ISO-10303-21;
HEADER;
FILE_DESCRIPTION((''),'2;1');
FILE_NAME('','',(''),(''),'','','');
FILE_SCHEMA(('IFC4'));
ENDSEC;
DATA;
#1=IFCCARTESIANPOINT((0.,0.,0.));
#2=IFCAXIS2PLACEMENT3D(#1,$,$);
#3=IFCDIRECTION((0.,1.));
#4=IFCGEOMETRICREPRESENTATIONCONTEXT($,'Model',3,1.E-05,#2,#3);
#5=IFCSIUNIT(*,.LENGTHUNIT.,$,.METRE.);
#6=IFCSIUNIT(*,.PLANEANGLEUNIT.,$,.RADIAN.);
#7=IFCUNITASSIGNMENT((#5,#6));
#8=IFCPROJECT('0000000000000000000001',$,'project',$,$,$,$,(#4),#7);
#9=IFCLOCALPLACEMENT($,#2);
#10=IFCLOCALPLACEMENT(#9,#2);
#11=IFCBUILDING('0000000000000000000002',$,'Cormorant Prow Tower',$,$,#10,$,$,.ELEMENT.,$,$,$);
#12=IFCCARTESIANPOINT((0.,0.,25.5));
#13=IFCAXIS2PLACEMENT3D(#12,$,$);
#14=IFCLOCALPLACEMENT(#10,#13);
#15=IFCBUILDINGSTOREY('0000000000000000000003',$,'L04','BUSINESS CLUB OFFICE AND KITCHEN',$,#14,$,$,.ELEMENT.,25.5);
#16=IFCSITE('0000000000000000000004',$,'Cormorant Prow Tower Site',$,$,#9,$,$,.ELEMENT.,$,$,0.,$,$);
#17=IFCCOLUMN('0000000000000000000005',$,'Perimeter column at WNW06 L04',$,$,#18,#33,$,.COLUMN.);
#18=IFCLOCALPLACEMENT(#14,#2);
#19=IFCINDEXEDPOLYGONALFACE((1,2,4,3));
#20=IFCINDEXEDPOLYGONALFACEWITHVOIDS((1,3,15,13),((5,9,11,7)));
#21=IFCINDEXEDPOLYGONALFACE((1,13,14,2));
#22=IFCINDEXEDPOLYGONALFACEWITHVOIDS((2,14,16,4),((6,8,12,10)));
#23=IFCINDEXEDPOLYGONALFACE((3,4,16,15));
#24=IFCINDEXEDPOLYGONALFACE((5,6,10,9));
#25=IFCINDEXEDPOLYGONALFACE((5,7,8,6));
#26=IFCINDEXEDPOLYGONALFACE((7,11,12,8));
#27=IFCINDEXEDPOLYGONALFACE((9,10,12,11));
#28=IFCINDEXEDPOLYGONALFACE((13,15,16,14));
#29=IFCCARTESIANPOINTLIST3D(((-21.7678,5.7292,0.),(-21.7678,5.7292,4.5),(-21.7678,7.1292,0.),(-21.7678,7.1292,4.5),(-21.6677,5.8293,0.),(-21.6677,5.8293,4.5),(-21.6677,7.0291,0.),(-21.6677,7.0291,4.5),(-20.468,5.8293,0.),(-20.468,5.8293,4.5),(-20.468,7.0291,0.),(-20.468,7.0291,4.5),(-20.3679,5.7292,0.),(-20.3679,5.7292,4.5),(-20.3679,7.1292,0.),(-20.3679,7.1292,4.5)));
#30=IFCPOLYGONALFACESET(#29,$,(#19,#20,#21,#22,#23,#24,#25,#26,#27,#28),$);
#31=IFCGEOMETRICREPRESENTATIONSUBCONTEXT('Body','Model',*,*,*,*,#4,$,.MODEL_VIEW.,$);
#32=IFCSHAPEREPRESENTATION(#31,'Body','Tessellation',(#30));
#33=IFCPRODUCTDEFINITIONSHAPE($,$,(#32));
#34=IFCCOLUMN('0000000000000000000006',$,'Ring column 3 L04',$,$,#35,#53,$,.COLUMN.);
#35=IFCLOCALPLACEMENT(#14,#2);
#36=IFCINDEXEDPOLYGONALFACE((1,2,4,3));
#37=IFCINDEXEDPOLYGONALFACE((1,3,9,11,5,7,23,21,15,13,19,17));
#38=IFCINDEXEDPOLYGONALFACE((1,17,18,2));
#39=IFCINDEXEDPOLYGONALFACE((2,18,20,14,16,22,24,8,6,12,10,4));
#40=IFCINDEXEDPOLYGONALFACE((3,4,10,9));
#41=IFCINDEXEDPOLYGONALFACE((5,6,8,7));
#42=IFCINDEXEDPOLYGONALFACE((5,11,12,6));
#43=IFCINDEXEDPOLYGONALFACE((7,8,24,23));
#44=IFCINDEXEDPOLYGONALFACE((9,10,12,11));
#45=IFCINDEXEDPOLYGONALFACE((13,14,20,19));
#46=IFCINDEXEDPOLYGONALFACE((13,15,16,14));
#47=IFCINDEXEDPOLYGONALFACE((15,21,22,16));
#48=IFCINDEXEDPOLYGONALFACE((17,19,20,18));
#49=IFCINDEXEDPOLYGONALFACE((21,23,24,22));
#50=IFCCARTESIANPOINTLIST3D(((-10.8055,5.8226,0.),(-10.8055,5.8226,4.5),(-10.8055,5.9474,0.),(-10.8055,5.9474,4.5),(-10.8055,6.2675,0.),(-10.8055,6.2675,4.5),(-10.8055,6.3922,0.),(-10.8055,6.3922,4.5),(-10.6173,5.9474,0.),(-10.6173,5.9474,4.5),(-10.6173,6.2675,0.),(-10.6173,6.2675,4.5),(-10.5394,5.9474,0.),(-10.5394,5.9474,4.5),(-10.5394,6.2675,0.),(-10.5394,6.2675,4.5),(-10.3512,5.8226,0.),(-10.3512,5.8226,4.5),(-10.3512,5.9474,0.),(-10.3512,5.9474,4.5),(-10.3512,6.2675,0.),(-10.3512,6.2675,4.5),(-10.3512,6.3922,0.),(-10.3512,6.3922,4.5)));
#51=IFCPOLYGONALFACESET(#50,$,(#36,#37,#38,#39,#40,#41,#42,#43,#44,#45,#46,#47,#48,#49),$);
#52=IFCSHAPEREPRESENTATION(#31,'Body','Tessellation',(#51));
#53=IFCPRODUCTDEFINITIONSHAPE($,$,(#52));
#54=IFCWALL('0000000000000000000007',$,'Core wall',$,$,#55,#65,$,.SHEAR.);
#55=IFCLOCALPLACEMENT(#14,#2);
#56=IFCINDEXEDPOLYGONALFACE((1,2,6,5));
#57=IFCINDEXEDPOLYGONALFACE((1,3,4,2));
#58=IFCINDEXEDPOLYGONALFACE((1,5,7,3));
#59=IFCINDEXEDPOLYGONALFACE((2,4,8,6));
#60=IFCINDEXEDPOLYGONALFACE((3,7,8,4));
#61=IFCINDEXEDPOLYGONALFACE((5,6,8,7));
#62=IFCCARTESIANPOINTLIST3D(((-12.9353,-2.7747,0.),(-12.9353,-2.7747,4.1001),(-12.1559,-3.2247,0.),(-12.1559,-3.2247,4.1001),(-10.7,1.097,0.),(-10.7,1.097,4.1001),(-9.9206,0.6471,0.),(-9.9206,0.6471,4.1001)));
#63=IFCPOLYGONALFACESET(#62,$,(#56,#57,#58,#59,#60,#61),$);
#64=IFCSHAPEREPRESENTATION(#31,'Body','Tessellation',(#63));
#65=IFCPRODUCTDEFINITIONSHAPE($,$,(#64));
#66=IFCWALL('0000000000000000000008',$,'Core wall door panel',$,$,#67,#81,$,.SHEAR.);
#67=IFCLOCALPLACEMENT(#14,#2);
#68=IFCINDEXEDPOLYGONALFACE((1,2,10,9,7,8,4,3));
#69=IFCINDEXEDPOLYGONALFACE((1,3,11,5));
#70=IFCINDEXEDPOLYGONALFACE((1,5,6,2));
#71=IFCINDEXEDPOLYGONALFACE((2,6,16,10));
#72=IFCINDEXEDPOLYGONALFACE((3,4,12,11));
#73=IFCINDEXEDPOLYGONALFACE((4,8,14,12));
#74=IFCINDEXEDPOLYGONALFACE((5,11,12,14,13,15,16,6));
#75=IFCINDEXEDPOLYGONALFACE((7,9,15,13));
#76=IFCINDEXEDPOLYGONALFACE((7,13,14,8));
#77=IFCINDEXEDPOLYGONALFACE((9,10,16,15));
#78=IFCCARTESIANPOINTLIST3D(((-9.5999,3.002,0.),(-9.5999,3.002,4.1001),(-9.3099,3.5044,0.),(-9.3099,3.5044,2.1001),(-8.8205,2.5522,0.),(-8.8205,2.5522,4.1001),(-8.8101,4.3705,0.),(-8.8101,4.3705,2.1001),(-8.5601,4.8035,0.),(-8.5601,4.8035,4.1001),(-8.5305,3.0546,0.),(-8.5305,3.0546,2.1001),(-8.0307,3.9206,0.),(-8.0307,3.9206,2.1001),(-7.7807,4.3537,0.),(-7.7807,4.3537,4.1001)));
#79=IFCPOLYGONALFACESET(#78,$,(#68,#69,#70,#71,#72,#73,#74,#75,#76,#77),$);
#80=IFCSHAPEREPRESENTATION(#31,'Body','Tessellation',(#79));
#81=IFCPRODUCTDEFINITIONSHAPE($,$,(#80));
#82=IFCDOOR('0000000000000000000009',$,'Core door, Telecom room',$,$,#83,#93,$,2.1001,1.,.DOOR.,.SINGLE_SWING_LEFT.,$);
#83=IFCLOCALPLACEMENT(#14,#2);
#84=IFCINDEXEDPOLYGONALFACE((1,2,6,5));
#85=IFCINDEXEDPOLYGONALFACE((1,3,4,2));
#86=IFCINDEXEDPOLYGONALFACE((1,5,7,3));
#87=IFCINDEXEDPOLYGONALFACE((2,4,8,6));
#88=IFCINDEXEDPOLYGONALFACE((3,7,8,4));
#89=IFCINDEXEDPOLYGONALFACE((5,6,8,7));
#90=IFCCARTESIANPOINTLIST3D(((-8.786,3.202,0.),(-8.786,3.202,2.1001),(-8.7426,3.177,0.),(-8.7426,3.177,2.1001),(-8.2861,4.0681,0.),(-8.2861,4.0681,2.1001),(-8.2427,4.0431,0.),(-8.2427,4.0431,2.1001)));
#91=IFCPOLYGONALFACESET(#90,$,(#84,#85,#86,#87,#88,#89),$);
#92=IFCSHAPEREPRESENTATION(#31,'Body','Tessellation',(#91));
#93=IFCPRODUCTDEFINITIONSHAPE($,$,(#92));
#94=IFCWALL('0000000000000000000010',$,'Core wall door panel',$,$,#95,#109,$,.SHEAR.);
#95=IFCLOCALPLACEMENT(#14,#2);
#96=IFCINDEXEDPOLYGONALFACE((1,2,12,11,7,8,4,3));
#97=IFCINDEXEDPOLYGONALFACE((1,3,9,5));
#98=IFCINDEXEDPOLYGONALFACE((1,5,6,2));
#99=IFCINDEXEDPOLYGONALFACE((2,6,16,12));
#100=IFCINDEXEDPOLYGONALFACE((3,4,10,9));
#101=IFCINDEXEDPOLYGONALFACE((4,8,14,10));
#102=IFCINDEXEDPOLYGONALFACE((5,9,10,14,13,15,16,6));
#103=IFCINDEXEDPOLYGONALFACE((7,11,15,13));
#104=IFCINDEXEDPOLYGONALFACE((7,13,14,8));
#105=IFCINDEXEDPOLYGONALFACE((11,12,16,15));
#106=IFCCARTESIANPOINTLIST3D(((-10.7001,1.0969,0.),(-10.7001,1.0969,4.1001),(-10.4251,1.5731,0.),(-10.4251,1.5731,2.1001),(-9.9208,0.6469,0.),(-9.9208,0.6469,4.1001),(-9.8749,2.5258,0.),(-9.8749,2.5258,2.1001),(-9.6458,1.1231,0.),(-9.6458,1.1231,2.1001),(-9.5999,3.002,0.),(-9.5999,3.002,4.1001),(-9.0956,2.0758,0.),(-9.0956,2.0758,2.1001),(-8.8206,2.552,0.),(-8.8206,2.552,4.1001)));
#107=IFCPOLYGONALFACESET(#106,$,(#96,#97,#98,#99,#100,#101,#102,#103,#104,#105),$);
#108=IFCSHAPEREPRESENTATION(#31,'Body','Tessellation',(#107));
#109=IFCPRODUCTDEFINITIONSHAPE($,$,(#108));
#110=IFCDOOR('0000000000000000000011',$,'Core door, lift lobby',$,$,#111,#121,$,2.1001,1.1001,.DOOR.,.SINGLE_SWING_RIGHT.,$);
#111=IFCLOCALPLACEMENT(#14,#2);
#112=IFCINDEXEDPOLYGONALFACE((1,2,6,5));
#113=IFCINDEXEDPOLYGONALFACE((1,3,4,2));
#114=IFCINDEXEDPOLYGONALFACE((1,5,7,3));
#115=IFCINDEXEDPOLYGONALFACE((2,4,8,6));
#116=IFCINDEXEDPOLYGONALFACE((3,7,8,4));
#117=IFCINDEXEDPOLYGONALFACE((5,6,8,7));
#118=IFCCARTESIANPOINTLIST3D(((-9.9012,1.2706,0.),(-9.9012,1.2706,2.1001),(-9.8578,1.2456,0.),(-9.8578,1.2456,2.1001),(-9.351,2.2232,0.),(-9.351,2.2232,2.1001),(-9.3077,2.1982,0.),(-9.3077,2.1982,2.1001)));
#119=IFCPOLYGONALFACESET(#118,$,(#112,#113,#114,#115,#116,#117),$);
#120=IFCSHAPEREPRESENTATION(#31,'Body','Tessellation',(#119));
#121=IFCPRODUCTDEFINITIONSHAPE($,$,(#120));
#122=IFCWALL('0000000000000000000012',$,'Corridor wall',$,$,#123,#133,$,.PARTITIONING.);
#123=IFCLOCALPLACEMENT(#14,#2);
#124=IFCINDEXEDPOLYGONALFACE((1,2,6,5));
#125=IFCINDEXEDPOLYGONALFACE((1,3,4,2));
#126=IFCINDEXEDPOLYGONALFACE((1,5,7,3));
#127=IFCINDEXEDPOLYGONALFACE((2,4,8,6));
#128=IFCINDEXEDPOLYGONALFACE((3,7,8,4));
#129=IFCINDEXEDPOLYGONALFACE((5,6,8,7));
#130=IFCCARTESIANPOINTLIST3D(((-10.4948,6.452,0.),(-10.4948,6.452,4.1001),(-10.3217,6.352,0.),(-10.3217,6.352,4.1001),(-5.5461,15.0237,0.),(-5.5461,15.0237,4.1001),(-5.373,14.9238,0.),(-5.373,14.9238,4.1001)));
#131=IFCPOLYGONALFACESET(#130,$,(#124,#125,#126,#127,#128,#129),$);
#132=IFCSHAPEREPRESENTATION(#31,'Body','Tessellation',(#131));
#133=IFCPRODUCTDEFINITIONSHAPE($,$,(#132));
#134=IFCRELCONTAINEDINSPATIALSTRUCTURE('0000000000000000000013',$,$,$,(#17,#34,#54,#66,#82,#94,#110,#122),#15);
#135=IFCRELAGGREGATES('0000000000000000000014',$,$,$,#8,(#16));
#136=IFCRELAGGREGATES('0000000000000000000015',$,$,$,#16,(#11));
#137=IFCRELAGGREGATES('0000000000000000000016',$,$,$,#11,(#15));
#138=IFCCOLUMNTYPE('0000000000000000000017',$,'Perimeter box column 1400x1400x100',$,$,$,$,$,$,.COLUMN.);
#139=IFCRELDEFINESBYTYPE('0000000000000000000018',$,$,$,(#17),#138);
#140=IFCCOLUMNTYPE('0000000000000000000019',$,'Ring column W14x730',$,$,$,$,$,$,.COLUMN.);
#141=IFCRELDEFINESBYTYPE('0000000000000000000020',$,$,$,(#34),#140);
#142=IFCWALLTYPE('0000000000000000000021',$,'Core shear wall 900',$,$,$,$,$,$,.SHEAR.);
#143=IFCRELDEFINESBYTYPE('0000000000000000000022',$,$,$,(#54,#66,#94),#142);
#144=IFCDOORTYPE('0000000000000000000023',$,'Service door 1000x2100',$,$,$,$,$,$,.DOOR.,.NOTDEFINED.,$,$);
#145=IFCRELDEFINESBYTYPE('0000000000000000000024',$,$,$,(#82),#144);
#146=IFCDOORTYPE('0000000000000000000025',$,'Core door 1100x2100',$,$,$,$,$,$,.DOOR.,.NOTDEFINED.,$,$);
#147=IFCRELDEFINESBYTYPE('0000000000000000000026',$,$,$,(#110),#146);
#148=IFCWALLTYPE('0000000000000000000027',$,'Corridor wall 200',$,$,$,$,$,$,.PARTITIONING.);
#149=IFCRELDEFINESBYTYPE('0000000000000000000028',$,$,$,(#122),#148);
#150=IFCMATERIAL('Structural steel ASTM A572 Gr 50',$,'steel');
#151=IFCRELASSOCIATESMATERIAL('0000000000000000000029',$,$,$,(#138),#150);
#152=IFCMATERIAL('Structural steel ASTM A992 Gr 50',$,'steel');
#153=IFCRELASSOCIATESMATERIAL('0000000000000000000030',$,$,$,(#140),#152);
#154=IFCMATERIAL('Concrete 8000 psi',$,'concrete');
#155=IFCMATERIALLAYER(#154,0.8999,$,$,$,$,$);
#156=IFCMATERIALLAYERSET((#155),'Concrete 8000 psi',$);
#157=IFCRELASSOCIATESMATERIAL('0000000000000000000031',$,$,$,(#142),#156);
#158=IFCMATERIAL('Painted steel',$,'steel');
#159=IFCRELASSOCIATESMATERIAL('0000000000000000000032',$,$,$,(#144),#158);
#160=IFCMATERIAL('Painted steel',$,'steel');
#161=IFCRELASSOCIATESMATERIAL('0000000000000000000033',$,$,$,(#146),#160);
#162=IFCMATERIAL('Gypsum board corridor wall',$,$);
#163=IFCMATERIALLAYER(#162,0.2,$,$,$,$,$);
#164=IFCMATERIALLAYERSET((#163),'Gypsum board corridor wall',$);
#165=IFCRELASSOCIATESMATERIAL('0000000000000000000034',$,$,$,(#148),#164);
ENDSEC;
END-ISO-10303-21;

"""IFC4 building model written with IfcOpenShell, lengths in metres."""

from ifc_helpers import new_model, si_unit, direction, frame, frame_2d, origin, origin_2d, place, context, subcontext, project, spatial, rectangle, hollow_rectangle, i_section, extrude, material, layer, layer_set, material_profile, profile_set, type_object, element, fill, save


model = new_model("IFC4")

# Units and contexts
model_context = context("Model", 3, precision=1e-05, world=origin(), true_north=direction((0.0, 1.0)))
body_context = subcontext(model_context, "Body", "Model", "MODEL_VIEW")
ifc_project = project(units=[si_unit("LENGTHUNIT", "METRE"), si_unit("PLANEANGLEUNIT", "RADIAN")], contexts=[model_context])

# Site, building, storey
site_placement = place(None, origin())
site = spatial("IfcSite", under=ifc_project, at=site_placement, Name="Cormorant Prow Tower Site", CompositionType="ELEMENT", RefElevation=0.0)
building_placement = place(site_placement, origin())
building = spatial("IfcBuilding", under=site, at=building_placement, Name="Cormorant Prow Tower", CompositionType="ELEMENT")
storey_placement = place(building_placement, frame((0.0, 0.0, 25.5)))
storey = spatial("IfcBuildingStorey", under=building, at=storey_placement, Name="L04", Description="BUSINESS CLUB OFFICE AND KITCHEN", CompositionType="ELEMENT", Elevation=25.5)

# Columns
ifc_material_1 = material(Name="Structural steel ASTM A572 Gr 50", Category="steel")
ifc_material_profile_1 = material_profile(ifc_material_1, hollow_rectangle(XDim=1.3999, YDim=1.3999, WallThickness=0.1001, at=origin_2d()), Name="Box 1400x1400x100")
ifc_profile_set_1 = profile_set([ifc_material_profile_1], Name="Structural steel ASTM A572 Gr 50")
column_type_1 = type_object("IfcColumnType", Name="Perimeter box column 1400x1400x100", PredefinedType="COLUMN", material=ifc_profile_set_1)
column_1_placement = place(storey_placement, frame((-21.0679, 6.4292, 0.0), z_axis=(0.0, 0.0, 1.0), x_axis=(1.0, 0.0, 0.0)))
element("IfcColumn", 1, at=column_1_placement, inside=storey, type_object=column_type_1, Name="Perimeter column at WNW06 L04", PredefinedType="COLUMN", context=body_context, shape_type="SweptSolid", body=[
    extrude(hollow_rectangle(XDim=1.3999, YDim=1.3999, WallThickness=0.1001, at=origin_2d()), origin(), (0.0, 0.0, 1.0), 4.5),
])
ifc_material_2 = material(Name="Structural steel ASTM A992 Gr 50", Category="steel")
ifc_material_profile_2 = material_profile(ifc_material_2, i_section(OverallWidth=0.4543, OverallDepth=0.5696, WebThickness=0.0779, FlangeThickness=0.1248, at=origin_2d()), Name="W14x730")
ifc_profile_set_2 = profile_set([ifc_material_profile_2], Name="Structural steel ASTM A992 Gr 50")
column_type_2 = type_object("IfcColumnType", Name="Ring column W14x730", PredefinedType="COLUMN", material=ifc_profile_set_2)
column_2_placement = place(storey_placement, frame((-10.5784, 6.1074, 0.0), z_axis=(0.0, 0.0, 1.0), x_axis=(1.0, 0.0, 0.0)))
element("IfcColumn", 2, at=column_2_placement, inside=storey, type_object=column_type_2, Name="Ring column 3 L04", PredefinedType="COLUMN", context=body_context, shape_type="SweptSolid", body=[
    extrude(i_section(OverallWidth=0.4543, OverallDepth=0.5696, WebThickness=0.0779, FlangeThickness=0.1248, at=origin_2d()), origin(), (0.0, 0.0, 1.0), 4.5),
])

# Wall
ifc_material_3 = material(Name="Concrete 8000 psi", Category="concrete")
ifc_layer_1 = layer(ifc_material_3, 0.8999)
ifc_layer_set_1 = layer_set([ifc_layer_1], Name="Concrete 8000 psi")
wall_type_1 = type_object("IfcWallType", Name="Core shear wall 900", PredefinedType="SHEAR", material=ifc_layer_set_1)
wall_1_placement = place(storey_placement, frame((-10.3103, 0.8721, 0.0), z_axis=(0.0, 0.0, 1.0), x_axis=(-0.499992, -0.86603, 0.0)))
element("IfcWall", 3, at=wall_1_placement, inside=storey, type_object=wall_type_1, Name="Core wall", PredefinedType="SHEAR", context=body_context, shape_type="SweptSolid", body=[
    extrude(rectangle(XDim=4.4707, YDim=0.8999, at=frame_2d((2.2354, 0.0))), origin(), (0.0, 0.0, 1.0), 4.1001),
])

# Walls, openings, doors
wall_2_placement = place(storey_placement, frame((-8.1704, 4.5786, 0.0), z_axis=(0.0, 0.0, 1.0), x_axis=(-0.499888, -0.86609, 0.0)))
wall_2 = element("IfcWall", 4, at=wall_2_placement, inside=storey, type_object=wall_type_1, Name="Core wall door panel", PredefinedType="SHEAR", context=body_context, shape_type="SweptSolid", body=[
    extrude(rectangle(XDim=2.0801, YDim=0.8999, at=frame_2d((1.04, 0.0))), origin(), (0.0, 0.0, 1.0), 4.1001),
])
opening_1_placement = place(wall_2_placement, frame((0.5, 0.0, 0.0)))
opening_1 = element("IfcOpeningElement", 5, at=opening_1_placement, cuts=wall_2, PredefinedType="OPENING", context=body_context, shape_type="SweptSolid", body=[
    extrude(rectangle(XDim=1.0, YDim=2.1001, at=frame_2d((0.5, 1.05))), frame((0.0, 0.46, 0.0), z_axis=(0.0, -1.0, 0.0), x_axis=(1.0, 0.0, 0.0)), (0.0, 0.0, 1.0), 0.9199),
])
ifc_material_4 = material(Name="Painted steel", Category="steel")
door_type_1 = type_object("IfcDoorType", Name="Service door 1000x2100", OperationType="NOTDEFINED", PredefinedType="DOOR", material=ifc_material_4)
door_1_placement = place(opening_1_placement, origin())
door_1 = element("IfcDoor", 6, at=door_1_placement, inside=storey, type_object=door_type_1, Name="Core door, Telecom room", OperationType="SINGLE_SWING_LEFT", OverallHeight=2.1001, OverallWidth=1.0, PredefinedType="DOOR", context=body_context, shape_type="SweptSolid", body=[
    extrude(rectangle(XDim=1.0, YDim=2.1001, at=frame_2d((0.5, 1.05))), frame((0.0, 0.2051, 0.0), z_axis=(0.0, -1.0, 0.0), x_axis=(1.0, 0.0, 0.0)), (0.0, 0.0, 1.0), 0.05),
])
fill(opening_1, door_1)
wall_3_placement = place(storey_placement, frame((-9.2102, 2.7771, 0.0), z_axis=(0.0, 0.0, 1.0), x_axis=(-0.500078, -0.86598, 0.0)))
wall_3 = element("IfcWall", 7, at=wall_3_placement, inside=storey, type_object=wall_type_1, Name="Core wall door panel", PredefinedType="SHEAR", context=body_context, shape_type="SweptSolid", body=[
    extrude(rectangle(XDim=2.2, YDim=0.8999, at=frame_2d((1.1001, 0.0))), origin(), (0.0, 0.0, 1.0), 4.1001),
])
opening_2_placement = place(wall_3_placement, frame((0.55, 0.0, 0.0)))
opening_2 = element("IfcOpeningElement", 8, at=opening_2_placement, cuts=wall_3, PredefinedType="OPENING", context=body_context, shape_type="SweptSolid", body=[
    extrude(rectangle(XDim=1.1001, YDim=2.1001, at=frame_2d((0.55, 1.05))), frame((0.0, 0.46, 0.0), z_axis=(0.0, -1.0, 0.0), x_axis=(1.0, 0.0, 0.0)), (0.0, 0.0, 1.0), 0.9199),
])
ifc_material_5 = material(Name="Painted steel", Category="steel")
door_type_2 = type_object("IfcDoorType", Name="Core door 1100x2100", OperationType="NOTDEFINED", PredefinedType="DOOR", material=ifc_material_5)
door_2_placement = place(opening_2_placement, origin())
door_2 = element("IfcDoor", 9, at=door_2_placement, inside=storey, type_object=door_type_2, Name="Core door, lift lobby", OperationType="SINGLE_SWING_RIGHT", OverallHeight=2.1001, OverallWidth=1.1001, PredefinedType="DOOR", context=body_context, shape_type="SweptSolid", body=[
    extrude(rectangle(XDim=1.1001, YDim=2.1001, at=frame_2d((0.55, 1.05))), frame((0.0, 0.2051, 0.0), z_axis=(0.0, -1.0, 0.0), x_axis=(1.0, 0.0, 0.0)), (0.0, 0.0, 1.0), 0.05),
])
fill(opening_2, door_2)

# Wall
ifc_material_6 = material(Name="Gypsum board corridor wall")
ifc_layer_2 = layer(ifc_material_6, 0.2)
ifc_layer_set_2 = layer_set([ifc_layer_2], Name="Gypsum board corridor wall")
wall_type_2 = type_object("IfcWallType", Name="Corridor wall 200", PredefinedType="PARTITIONING", material=ifc_layer_set_2)
wall_4_placement = place(storey_placement, frame((-10.4082, 6.4021, 0.0), z_axis=(0.0, 0.0, 1.0), x_axis=(0.499986, 0.866034, 0.0)))
element("IfcWall", 10, at=wall_4_placement, inside=storey, type_object=wall_type_2, Name="Corridor wall", PredefinedType="PARTITIONING", context=body_context, shape_type="SweptSolid", body=[
    extrude(rectangle(XDim=9.8977, YDim=0.2, at=frame_2d((4.9487, 0.0))), origin(), (0.0, 0.0, 1.0), 4.1001),
])

save(model, "model.ifc")
